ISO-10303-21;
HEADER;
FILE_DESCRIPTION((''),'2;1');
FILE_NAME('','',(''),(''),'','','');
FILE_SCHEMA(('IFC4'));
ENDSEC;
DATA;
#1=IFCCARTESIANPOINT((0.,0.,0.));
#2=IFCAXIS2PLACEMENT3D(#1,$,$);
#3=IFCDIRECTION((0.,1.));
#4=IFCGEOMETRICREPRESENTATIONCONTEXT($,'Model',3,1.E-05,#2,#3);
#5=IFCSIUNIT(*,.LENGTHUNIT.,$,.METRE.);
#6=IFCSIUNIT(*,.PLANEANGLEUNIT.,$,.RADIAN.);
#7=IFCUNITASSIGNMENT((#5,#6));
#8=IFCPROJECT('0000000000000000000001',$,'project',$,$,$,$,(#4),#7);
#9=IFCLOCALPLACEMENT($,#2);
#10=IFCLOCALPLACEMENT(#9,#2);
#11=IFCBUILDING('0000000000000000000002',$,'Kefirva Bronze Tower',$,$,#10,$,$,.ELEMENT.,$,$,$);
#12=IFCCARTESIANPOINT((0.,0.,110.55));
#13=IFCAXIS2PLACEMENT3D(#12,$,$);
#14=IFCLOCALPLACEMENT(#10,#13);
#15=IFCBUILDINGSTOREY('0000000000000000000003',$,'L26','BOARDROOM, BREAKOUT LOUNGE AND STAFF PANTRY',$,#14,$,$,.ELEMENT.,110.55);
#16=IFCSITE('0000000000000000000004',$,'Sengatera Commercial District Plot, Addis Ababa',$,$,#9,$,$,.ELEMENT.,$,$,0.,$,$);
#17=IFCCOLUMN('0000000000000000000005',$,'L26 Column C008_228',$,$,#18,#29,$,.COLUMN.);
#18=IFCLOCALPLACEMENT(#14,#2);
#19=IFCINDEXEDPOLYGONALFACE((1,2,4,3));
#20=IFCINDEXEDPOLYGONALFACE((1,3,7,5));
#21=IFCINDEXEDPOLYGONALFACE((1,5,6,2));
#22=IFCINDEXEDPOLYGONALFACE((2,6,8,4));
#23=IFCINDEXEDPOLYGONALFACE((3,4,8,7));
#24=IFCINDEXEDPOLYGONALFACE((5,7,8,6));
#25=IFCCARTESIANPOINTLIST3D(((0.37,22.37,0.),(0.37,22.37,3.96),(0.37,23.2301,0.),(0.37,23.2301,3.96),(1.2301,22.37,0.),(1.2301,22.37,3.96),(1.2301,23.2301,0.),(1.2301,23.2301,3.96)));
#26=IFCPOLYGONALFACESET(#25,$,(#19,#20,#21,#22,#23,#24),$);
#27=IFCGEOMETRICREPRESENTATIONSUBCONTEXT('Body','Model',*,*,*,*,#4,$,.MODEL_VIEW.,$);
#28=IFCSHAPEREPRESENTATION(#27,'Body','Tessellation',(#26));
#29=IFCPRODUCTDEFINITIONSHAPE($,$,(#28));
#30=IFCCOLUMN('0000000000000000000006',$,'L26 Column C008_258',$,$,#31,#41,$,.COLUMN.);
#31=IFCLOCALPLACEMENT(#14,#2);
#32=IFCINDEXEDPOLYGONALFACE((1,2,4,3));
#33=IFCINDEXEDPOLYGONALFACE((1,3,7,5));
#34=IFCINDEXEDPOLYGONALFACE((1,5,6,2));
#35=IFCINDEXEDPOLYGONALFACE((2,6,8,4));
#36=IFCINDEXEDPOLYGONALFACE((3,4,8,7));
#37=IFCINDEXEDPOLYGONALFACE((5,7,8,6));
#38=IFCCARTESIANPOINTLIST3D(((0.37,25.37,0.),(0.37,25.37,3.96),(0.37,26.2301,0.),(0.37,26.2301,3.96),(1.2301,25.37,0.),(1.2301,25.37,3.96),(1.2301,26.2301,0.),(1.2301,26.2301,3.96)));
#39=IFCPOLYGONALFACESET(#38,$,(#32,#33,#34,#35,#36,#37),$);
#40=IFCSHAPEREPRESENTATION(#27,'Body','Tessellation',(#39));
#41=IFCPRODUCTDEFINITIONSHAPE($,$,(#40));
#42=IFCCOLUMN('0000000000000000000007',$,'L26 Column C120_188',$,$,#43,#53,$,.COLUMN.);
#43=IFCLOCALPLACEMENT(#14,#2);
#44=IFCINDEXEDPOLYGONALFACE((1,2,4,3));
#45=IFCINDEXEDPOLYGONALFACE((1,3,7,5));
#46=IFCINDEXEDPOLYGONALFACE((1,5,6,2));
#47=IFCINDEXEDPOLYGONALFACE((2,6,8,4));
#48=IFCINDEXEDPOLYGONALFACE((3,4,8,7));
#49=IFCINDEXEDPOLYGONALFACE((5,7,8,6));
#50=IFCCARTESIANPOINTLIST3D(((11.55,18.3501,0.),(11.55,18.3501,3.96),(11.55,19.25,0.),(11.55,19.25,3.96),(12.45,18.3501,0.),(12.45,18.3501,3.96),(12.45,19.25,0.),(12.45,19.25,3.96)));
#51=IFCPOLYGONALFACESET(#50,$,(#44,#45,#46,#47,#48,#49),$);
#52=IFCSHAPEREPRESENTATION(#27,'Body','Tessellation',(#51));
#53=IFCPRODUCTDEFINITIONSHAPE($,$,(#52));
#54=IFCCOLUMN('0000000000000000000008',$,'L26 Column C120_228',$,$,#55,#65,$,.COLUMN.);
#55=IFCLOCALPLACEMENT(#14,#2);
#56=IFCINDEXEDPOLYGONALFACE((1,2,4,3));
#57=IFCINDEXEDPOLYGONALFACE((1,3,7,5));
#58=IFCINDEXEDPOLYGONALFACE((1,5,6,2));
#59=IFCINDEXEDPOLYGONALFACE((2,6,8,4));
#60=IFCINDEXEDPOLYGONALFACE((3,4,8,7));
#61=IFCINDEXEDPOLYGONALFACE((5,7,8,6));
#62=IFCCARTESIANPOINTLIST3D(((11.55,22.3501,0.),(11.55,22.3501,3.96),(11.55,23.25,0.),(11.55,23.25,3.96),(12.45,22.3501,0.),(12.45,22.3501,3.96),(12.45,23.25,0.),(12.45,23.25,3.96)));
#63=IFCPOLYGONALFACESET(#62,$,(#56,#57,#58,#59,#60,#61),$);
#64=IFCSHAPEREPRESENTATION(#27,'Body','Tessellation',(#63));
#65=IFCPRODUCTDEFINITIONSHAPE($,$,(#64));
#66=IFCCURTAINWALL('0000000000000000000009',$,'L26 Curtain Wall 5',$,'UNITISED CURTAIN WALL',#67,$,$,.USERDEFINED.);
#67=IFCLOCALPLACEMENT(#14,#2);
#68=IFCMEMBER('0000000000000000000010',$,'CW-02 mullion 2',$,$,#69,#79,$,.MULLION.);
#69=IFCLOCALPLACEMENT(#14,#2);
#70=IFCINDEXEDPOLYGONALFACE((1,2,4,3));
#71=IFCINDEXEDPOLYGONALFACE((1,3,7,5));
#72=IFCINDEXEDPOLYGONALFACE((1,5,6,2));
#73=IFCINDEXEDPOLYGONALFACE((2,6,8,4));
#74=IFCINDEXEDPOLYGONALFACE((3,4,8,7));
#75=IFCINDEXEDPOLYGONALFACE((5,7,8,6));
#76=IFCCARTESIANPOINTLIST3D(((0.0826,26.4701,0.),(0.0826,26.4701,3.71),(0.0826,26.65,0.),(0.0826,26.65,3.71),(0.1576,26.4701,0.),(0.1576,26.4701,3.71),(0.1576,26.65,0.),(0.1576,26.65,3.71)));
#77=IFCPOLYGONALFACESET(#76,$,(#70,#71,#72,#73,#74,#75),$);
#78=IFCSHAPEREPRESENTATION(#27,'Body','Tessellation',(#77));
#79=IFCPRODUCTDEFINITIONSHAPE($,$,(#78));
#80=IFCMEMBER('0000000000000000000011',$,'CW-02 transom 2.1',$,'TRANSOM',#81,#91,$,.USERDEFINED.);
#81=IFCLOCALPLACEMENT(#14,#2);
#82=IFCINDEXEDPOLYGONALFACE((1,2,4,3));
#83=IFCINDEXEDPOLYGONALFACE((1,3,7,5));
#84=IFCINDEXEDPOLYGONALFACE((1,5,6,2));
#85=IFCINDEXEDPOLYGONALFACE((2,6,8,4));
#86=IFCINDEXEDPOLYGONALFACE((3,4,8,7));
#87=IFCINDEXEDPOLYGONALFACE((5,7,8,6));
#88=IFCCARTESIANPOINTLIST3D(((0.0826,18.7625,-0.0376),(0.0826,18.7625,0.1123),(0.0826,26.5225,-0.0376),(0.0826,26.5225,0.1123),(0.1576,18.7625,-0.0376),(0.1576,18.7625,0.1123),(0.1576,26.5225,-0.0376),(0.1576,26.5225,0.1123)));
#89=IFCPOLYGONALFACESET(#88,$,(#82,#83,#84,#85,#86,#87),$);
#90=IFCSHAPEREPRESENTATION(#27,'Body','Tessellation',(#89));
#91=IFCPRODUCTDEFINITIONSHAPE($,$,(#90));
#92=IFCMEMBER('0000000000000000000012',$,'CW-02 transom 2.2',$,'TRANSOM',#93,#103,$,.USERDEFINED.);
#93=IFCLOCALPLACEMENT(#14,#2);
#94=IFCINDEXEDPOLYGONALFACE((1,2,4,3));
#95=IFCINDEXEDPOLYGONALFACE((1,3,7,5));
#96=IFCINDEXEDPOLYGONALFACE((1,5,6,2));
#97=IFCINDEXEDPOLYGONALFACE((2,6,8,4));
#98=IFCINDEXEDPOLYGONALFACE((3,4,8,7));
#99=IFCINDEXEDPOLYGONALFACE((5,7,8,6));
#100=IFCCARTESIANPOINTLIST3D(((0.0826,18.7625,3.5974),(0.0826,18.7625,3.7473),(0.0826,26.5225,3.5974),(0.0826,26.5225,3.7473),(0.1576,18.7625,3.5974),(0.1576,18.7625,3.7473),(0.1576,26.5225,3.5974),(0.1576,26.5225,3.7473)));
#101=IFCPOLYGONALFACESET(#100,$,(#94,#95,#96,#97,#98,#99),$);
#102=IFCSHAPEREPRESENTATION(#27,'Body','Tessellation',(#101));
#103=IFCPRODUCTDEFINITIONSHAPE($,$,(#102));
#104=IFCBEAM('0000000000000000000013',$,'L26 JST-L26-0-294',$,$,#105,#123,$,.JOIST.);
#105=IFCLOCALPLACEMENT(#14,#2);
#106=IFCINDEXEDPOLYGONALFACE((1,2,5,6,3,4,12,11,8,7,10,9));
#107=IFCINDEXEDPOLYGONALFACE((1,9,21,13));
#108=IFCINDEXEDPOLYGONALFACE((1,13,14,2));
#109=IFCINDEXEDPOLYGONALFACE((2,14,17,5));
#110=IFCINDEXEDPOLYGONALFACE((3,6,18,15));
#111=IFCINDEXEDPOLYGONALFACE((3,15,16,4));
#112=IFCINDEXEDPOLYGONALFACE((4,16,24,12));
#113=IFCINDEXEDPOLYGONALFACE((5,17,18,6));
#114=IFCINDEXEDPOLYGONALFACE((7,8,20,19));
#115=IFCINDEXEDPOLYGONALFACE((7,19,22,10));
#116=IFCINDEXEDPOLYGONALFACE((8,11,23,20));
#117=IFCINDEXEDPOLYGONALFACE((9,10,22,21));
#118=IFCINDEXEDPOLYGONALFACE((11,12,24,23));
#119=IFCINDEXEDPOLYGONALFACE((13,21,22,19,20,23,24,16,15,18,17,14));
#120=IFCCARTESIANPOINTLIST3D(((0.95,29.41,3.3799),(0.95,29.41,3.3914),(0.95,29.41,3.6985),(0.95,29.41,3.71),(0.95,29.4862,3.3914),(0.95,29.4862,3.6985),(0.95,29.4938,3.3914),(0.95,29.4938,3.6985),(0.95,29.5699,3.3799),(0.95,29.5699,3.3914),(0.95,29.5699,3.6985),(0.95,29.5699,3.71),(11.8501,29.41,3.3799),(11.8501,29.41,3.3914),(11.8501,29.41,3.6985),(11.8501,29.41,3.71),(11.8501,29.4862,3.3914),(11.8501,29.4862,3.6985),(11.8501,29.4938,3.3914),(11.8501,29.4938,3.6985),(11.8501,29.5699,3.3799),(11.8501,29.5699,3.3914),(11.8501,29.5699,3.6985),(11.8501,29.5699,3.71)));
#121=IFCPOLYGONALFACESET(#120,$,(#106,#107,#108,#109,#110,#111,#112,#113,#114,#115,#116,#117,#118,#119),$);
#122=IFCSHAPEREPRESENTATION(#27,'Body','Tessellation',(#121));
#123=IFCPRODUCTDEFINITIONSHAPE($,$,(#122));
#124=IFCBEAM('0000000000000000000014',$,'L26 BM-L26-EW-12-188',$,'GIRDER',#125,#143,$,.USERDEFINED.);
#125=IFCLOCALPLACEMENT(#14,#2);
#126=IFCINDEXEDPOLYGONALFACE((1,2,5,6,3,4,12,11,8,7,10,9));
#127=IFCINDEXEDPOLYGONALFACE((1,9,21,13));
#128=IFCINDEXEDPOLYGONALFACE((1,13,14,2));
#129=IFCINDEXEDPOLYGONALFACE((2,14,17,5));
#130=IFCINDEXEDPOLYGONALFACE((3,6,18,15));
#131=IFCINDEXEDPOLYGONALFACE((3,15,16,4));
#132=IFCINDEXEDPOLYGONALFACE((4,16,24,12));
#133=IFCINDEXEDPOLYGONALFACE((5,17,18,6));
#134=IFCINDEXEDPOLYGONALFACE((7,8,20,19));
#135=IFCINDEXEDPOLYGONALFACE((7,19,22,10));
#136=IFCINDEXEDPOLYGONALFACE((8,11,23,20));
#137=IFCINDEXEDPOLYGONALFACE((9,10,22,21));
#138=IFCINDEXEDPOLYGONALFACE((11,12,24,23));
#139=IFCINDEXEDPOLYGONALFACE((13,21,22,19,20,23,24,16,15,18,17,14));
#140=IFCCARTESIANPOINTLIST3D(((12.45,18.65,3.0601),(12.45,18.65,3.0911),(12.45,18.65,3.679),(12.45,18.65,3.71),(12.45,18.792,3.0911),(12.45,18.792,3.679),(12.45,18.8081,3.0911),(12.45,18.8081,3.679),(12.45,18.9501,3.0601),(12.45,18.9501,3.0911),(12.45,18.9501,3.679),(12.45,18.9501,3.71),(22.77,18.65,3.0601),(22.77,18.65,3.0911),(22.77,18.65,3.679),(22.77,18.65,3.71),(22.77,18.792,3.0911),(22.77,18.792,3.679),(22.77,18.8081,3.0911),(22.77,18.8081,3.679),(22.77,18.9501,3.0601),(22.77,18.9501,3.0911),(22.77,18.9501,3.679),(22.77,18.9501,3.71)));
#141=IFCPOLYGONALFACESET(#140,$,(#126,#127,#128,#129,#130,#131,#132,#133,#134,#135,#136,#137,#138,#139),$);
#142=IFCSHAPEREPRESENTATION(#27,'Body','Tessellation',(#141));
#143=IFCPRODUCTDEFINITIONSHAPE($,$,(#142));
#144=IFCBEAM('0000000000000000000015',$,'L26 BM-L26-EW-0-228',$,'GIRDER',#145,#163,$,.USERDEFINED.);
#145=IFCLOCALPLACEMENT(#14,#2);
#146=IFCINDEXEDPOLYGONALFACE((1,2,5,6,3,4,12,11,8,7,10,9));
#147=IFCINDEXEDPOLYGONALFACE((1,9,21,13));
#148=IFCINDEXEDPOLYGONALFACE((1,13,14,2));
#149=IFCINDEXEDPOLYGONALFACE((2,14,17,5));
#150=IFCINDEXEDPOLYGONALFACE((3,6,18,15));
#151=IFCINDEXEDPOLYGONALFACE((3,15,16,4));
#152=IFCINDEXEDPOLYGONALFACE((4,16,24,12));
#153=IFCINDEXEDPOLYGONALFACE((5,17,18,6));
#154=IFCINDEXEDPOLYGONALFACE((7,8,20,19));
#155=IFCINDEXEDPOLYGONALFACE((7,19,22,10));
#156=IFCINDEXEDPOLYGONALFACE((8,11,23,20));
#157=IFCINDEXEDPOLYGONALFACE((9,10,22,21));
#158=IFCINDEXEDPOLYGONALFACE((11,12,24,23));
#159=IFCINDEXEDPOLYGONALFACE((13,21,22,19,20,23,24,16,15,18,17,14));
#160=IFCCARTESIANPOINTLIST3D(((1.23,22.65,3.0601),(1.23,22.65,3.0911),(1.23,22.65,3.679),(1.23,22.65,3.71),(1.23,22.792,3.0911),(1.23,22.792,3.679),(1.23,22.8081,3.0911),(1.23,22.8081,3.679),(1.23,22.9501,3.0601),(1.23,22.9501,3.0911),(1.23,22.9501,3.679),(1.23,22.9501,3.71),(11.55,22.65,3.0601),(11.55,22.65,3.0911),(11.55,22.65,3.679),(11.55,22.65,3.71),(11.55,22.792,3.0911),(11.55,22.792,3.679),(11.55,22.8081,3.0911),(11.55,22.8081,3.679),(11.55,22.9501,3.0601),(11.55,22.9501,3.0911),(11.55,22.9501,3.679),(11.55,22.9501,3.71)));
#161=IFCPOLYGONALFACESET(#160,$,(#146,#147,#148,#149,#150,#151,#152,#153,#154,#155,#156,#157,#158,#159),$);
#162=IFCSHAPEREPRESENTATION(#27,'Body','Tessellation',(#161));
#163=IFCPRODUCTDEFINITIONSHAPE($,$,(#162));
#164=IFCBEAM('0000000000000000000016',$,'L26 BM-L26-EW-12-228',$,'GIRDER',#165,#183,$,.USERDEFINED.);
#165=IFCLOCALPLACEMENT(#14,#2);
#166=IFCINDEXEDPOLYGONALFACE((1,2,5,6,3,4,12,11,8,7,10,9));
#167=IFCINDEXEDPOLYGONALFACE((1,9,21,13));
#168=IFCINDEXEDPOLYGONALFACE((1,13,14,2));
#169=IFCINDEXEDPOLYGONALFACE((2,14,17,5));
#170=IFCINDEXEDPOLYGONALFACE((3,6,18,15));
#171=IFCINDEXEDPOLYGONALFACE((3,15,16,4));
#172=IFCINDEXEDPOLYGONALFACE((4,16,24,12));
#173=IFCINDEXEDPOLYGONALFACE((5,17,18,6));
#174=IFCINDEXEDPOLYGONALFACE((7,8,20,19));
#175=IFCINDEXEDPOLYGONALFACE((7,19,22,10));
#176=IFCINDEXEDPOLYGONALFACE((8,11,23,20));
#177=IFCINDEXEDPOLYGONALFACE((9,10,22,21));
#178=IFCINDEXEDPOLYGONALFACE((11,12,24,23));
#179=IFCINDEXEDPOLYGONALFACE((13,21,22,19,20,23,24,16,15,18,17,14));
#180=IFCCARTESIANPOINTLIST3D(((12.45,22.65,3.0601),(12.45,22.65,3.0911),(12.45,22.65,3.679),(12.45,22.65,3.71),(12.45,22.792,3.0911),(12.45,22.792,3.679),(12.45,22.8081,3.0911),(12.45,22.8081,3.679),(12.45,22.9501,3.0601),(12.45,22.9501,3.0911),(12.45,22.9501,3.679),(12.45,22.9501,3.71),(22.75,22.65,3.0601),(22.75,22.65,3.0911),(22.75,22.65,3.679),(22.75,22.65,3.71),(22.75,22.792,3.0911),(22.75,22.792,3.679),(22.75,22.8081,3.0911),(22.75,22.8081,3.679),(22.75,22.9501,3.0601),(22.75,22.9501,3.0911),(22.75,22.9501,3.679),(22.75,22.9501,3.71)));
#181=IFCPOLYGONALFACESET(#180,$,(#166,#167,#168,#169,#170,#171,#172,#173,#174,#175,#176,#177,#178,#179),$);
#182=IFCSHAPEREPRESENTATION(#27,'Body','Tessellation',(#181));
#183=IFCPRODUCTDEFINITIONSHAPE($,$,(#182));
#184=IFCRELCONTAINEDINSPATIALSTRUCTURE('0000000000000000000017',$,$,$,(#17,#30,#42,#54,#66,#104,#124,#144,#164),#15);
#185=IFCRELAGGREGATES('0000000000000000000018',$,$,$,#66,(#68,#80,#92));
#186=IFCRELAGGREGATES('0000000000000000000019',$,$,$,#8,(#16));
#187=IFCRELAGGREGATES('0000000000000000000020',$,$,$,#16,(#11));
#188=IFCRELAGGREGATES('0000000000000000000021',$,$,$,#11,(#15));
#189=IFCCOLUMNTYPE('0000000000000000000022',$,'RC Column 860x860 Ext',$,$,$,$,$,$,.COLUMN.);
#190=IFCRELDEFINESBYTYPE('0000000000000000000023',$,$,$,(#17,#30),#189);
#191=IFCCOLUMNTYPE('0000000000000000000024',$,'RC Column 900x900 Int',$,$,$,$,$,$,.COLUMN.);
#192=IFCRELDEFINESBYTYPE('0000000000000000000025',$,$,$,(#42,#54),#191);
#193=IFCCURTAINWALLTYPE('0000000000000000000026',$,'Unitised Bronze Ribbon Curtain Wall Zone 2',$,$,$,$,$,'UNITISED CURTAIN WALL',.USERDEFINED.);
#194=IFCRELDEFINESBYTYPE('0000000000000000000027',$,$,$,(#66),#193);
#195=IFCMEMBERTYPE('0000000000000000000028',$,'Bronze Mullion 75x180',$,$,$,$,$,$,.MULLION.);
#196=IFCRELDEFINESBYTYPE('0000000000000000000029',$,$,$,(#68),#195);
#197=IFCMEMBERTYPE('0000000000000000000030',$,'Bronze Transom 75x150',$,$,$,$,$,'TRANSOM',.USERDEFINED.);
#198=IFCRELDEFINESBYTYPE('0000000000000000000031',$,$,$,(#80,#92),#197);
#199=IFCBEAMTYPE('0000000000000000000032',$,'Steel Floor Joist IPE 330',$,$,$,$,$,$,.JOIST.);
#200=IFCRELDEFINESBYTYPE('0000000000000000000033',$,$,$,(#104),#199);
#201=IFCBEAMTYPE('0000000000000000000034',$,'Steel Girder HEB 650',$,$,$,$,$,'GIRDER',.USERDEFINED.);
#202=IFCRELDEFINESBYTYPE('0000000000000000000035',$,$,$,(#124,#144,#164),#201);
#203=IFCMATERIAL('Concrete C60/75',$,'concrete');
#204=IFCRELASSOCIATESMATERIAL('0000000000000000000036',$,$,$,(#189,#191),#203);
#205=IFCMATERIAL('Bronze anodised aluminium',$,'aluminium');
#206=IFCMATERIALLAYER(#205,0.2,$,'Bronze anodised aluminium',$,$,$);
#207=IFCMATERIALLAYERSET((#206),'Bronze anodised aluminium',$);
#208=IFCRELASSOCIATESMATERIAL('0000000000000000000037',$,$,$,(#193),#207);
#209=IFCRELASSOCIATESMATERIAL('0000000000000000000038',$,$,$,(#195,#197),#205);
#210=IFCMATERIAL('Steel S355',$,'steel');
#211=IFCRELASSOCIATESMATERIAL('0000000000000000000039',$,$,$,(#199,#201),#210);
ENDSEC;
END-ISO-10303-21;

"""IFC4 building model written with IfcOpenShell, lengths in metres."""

from ifc_helpers import new_model, si_unit, direction, frame, origin, origin_2d, place, context, subcontext, project, spatial, rectangle, i_section, extrude, material, layer, layer_set, material_profile, profile_set, type_object, element, aggregate, save


model = new_model("IFC4")

# Units and contexts
model_context = context("Model", 3, precision=1e-05, world=origin(), true_north=direction((0.0, 1.0)))
body_context = subcontext(model_context, "Body", "Model", "MODEL_VIEW")
ifc_project = project(units=[si_unit("LENGTHUNIT", "METRE"), si_unit("PLANEANGLEUNIT", "RADIAN")], contexts=[model_context])

# Site, building, storey
site_placement = place(None, origin())
site = spatial("IfcSite", under=ifc_project, at=site_placement, Name="Sengatera Commercial District Plot, Addis Ababa", CompositionType="ELEMENT", RefElevation=0.0)
building_placement = place(site_placement, origin())
building = spatial("IfcBuilding", under=site, at=building_placement, Name="Kefirva Bronze Tower", CompositionType="ELEMENT")
storey_placement = place(building_placement, frame((0.0, 0.0, 110.55)))
storey = spatial("IfcBuildingStorey", under=building, at=storey_placement, Name="L26", Description="BOARDROOM, BREAKOUT LOUNGE AND STAFF PANTRY", CompositionType="ELEMENT", Elevation=110.55)

# Columns
ifc_material_1 = material(Name="Concrete C60/75", Category="concrete")
ifc_material_profile_1 = material_profile(ifc_material_1, rectangle(XDim=0.8601, YDim=0.8601, at=origin_2d()), Name="RC 860x860")
ifc_profile_set_1 = profile_set([ifc_material_profile_1], Name="Concrete C60/75")
column_type_1 = type_object("IfcColumnType", Name="RC Column 860x860 Ext", PredefinedType="COLUMN", material=ifc_profile_set_1)
for number, where, z_axis, x_axis, name in (
    (1, (0.8, 22.8, 0.0), (0.0, 0.0, 1.0), (1.0, 0.0, 0.0), "L26 Column C008_228"),
    (2, (0.8, 25.8, 0.0), (0.0, 0.0, 1.0), (1.0, 0.0, 0.0), "L26 Column C008_258"),
):
    element("IfcColumn", number, at=place(storey_placement, frame(where, z_axis=z_axis, x_axis=x_axis)), inside=storey, type_object=column_type_1, Name=name, PredefinedType="COLUMN", context=body_context, shape_type="SweptSolid", body=[
        extrude(rectangle(XDim=0.8601, YDim=0.8601, at=origin_2d()), origin(), (0.0, 0.0, 1.0), 3.96),
    ])
ifc_material_profile_2 = material_profile(ifc_material_1, rectangle(XDim=0.8999, YDim=0.8999, at=origin_2d()), Name="RC 900x900")
ifc_profile_set_2 = profile_set([ifc_material_profile_2], Name="Concrete C60/75")
column_type_2 = type_object("IfcColumnType", Name="RC Column 900x900 Int", PredefinedType="COLUMN", material=ifc_profile_set_2)
for number, where, z_axis, x_axis, name in (
    (3, (12.0, 18.8, 0.0), (0.0, 0.0, 1.0), (1.0, 0.0, 0.0), "L26 Column C120_188"),
    (4, (12.0, 22.8, 0.0), (0.0, 0.0, 1.0), (1.0, 0.0, 0.0), "L26 Column C120_228"),
):
    element("IfcColumn", number, at=place(storey_placement, frame(where, z_axis=z_axis, x_axis=x_axis)), inside=storey, type_object=column_type_2, Name=name, PredefinedType="COLUMN", context=body_context, shape_type="SweptSolid", body=[
        extrude(rectangle(XDim=0.8999, YDim=0.8999, at=origin_2d()), origin(), (0.0, 0.0, 1.0), 3.96),
    ])

# Curtain wall, members
ifc_material_2 = material(Name="Bronze anodised aluminium", Category="aluminium")
ifc_layer_1 = layer(ifc_material_2, 0.2, Name="Bronze anodised aluminium")
ifc_layer_set_1 = layer_set([ifc_layer_1], Name="Bronze anodised aluminium")
curtain_wall_type = type_object("IfcCurtainWallType", Name="Unitised Bronze Ribbon Curtain Wall Zone 2", ElementType="UNITISED CURTAIN WALL", PredefinedType="USERDEFINED", material=ifc_layer_set_1)
curtain_wall_placement = place(storey_placement, origin())
curtain_wall = element("IfcCurtainWall", 5, at=curtain_wall_placement, inside=storey, type_object=curtain_wall_type, Name="L26 Curtain Wall 5", ObjectType="UNITISED CURTAIN WALL", PredefinedType="USERDEFINED")
ifc_material_profile_3 = material_profile(ifc_material_2, rectangle(XDim=0.075, YDim=0.1799, at=origin_2d()), Name="ALU 75x180")
ifc_profile_set_3 = profile_set([ifc_material_profile_3], Name="Bronze anodised aluminium")
member_type_1 = type_object("IfcMemberType", Name="Bronze Mullion 75x180", PredefinedType="MULLION", material=ifc_profile_set_3)
member_1_placement = place(storey_placement, frame((0.1201, 26.5601, 0.0), z_axis=(0.0, 0.0, 1.0), x_axis=(1.0, 0.0, 0.0)))
member_1 = element("IfcMember", 6, at=member_1_placement, type_object=member_type_1, Name="CW-02 mullion 2", PredefinedType="MULLION", context=body_context, shape_type="SweptSolid", body=[
    extrude(rectangle(XDim=0.075, YDim=0.1799, at=origin_2d()), origin(), (0.0, 0.0, 1.0), 3.71),
])
ifc_material_profile_4 = material_profile(ifc_material_2, rectangle(XDim=0.075, YDim=0.1499, at=origin_2d()), Name="ALU 75x150")
ifc_profile_set_4 = profile_set([ifc_material_profile_4], Name="Bronze anodised aluminium")
member_type_2 = type_object("IfcMemberType", Name="Bronze Transom 75x150", ElementType="TRANSOM", PredefinedType="USERDEFINED", material=ifc_profile_set_4)
member_2_placement = place(storey_placement, frame((0.1201, 26.5225, 0.0374), z_axis=(0.0, -1.0, 0.0), x_axis=(1.0, 0.0, 0.0)))
member_2 = element("IfcMember", 7, at=member_2_placement, type_object=member_type_2, Name="CW-02 transom 2.1", ObjectType="TRANSOM", PredefinedType="USERDEFINED", context=body_context, shape_type="SweptSolid", body=[
    extrude(rectangle(XDim=0.075, YDim=0.1499, at=origin_2d()), origin(), (0.0, 0.0, 1.0), 7.76),
])
member_3_placement = place(storey_placement, frame((0.1201, 26.5225, 3.6724), z_axis=(0.0, -1.0, 0.0), x_axis=(1.0, 0.0, 0.0)))
member_3 = element("IfcMember", 8, at=member_3_placement, type_object=member_type_2, Name="CW-02 transom 2.2", ObjectType="TRANSOM", PredefinedType="USERDEFINED", context=body_context, shape_type="SweptSolid", body=[
    extrude(rectangle(XDim=0.075, YDim=0.1499, at=origin_2d()), origin(), (0.0, 0.0, 1.0), 7.76),
])

# Beams
ifc_material_3 = material(Name="Steel S355", Category="steel")
ifc_material_profile_5 = material_profile(ifc_material_3, i_section(OverallWidth=0.1599, OverallDepth=0.3301, WebThickness=0.0076, FlangeThickness=0.0115, at=origin_2d()), Name="IPE 330")
ifc_profile_set_5 = profile_set([ifc_material_profile_5], Name="Steel S355")
beam_type_1 = type_object("IfcBeamType", Name="Steel Floor Joist IPE 330", PredefinedType="JOIST", material=ifc_profile_set_5)
beam_1_placement = place(storey_placement, frame((0.95, 29.49, 3.5449), z_axis=(1.0, 0.0, 0.0), x_axis=(0.0, 1.0, 0.0)))
element("IfcBeam", 9, at=beam_1_placement, inside=storey, type_object=beam_type_1, Name="L26 JST-L26-0-294", PredefinedType="JOIST", context=body_context, shape_type="SweptSolid", body=[
    extrude(i_section(OverallWidth=0.1599, OverallDepth=0.3301, WebThickness=0.0076, FlangeThickness=0.0115, at=origin_2d()), origin(), (0.0, 0.0, 1.0), 10.9001),
])
ifc_material_profile_6 = material_profile(ifc_material_3, i_section(OverallWidth=0.3, OverallDepth=0.6499, WebThickness=0.0161, FlangeThickness=0.031, at=origin_2d()), Name="HEB 650")
ifc_profile_set_6 = profile_set([ifc_material_profile_6], Name="Steel S355")
beam_type_2 = type_object("IfcBeamType", Name="Steel Girder HEB 650", ElementType="GIRDER", PredefinedType="USERDEFINED", material=ifc_profile_set_6)
for number, where, z_axis, x_axis, name in (
    (10, (12.45, 18.8, 3.385), (1.0, 0.0, 0.0), (0.0, 1.0, 0.0), "L26 BM-L26-EW-12-188"),
    (11, (1.23, 22.8, 3.385), (1.0, 0.0, 0.0), (0.0, 1.0, 0.0), "L26 BM-L26-EW-0-228"),
):
    element("IfcBeam", number, at=place(storey_placement, frame(where, z_axis=z_axis, x_axis=x_axis)), inside=storey, type_object=beam_type_2, Name=name, ObjectType="GIRDER", PredefinedType="USERDEFINED", context=body_context, shape_type="SweptSolid", body=[
        extrude(i_section(OverallWidth=0.3, OverallDepth=0.6499, WebThickness=0.0161, FlangeThickness=0.031, at=origin_2d()), origin(), (0.0, 0.0, 1.0), 10.3201),
    ])
beam_2_placement = place(storey_placement, frame((12.45, 22.8, 3.385), z_axis=(1.0, 0.0, 0.0), x_axis=(0.0, 1.0, 0.0)))
element("IfcBeam", 12, at=beam_2_placement, inside=storey, type_object=beam_type_2, Name="L26 BM-L26-EW-12-228", ObjectType="GIRDER", PredefinedType="USERDEFINED", context=body_context, shape_type="SweptSolid", body=[
    extrude(i_section(OverallWidth=0.3, OverallDepth=0.6499, WebThickness=0.0161, FlangeThickness=0.031, at=origin_2d()), origin(), (0.0, 0.0, 1.0), 10.3),
])

aggregate(curtain_wall, [member_1, member_2, member_3])

save(model, "model.ifc")
